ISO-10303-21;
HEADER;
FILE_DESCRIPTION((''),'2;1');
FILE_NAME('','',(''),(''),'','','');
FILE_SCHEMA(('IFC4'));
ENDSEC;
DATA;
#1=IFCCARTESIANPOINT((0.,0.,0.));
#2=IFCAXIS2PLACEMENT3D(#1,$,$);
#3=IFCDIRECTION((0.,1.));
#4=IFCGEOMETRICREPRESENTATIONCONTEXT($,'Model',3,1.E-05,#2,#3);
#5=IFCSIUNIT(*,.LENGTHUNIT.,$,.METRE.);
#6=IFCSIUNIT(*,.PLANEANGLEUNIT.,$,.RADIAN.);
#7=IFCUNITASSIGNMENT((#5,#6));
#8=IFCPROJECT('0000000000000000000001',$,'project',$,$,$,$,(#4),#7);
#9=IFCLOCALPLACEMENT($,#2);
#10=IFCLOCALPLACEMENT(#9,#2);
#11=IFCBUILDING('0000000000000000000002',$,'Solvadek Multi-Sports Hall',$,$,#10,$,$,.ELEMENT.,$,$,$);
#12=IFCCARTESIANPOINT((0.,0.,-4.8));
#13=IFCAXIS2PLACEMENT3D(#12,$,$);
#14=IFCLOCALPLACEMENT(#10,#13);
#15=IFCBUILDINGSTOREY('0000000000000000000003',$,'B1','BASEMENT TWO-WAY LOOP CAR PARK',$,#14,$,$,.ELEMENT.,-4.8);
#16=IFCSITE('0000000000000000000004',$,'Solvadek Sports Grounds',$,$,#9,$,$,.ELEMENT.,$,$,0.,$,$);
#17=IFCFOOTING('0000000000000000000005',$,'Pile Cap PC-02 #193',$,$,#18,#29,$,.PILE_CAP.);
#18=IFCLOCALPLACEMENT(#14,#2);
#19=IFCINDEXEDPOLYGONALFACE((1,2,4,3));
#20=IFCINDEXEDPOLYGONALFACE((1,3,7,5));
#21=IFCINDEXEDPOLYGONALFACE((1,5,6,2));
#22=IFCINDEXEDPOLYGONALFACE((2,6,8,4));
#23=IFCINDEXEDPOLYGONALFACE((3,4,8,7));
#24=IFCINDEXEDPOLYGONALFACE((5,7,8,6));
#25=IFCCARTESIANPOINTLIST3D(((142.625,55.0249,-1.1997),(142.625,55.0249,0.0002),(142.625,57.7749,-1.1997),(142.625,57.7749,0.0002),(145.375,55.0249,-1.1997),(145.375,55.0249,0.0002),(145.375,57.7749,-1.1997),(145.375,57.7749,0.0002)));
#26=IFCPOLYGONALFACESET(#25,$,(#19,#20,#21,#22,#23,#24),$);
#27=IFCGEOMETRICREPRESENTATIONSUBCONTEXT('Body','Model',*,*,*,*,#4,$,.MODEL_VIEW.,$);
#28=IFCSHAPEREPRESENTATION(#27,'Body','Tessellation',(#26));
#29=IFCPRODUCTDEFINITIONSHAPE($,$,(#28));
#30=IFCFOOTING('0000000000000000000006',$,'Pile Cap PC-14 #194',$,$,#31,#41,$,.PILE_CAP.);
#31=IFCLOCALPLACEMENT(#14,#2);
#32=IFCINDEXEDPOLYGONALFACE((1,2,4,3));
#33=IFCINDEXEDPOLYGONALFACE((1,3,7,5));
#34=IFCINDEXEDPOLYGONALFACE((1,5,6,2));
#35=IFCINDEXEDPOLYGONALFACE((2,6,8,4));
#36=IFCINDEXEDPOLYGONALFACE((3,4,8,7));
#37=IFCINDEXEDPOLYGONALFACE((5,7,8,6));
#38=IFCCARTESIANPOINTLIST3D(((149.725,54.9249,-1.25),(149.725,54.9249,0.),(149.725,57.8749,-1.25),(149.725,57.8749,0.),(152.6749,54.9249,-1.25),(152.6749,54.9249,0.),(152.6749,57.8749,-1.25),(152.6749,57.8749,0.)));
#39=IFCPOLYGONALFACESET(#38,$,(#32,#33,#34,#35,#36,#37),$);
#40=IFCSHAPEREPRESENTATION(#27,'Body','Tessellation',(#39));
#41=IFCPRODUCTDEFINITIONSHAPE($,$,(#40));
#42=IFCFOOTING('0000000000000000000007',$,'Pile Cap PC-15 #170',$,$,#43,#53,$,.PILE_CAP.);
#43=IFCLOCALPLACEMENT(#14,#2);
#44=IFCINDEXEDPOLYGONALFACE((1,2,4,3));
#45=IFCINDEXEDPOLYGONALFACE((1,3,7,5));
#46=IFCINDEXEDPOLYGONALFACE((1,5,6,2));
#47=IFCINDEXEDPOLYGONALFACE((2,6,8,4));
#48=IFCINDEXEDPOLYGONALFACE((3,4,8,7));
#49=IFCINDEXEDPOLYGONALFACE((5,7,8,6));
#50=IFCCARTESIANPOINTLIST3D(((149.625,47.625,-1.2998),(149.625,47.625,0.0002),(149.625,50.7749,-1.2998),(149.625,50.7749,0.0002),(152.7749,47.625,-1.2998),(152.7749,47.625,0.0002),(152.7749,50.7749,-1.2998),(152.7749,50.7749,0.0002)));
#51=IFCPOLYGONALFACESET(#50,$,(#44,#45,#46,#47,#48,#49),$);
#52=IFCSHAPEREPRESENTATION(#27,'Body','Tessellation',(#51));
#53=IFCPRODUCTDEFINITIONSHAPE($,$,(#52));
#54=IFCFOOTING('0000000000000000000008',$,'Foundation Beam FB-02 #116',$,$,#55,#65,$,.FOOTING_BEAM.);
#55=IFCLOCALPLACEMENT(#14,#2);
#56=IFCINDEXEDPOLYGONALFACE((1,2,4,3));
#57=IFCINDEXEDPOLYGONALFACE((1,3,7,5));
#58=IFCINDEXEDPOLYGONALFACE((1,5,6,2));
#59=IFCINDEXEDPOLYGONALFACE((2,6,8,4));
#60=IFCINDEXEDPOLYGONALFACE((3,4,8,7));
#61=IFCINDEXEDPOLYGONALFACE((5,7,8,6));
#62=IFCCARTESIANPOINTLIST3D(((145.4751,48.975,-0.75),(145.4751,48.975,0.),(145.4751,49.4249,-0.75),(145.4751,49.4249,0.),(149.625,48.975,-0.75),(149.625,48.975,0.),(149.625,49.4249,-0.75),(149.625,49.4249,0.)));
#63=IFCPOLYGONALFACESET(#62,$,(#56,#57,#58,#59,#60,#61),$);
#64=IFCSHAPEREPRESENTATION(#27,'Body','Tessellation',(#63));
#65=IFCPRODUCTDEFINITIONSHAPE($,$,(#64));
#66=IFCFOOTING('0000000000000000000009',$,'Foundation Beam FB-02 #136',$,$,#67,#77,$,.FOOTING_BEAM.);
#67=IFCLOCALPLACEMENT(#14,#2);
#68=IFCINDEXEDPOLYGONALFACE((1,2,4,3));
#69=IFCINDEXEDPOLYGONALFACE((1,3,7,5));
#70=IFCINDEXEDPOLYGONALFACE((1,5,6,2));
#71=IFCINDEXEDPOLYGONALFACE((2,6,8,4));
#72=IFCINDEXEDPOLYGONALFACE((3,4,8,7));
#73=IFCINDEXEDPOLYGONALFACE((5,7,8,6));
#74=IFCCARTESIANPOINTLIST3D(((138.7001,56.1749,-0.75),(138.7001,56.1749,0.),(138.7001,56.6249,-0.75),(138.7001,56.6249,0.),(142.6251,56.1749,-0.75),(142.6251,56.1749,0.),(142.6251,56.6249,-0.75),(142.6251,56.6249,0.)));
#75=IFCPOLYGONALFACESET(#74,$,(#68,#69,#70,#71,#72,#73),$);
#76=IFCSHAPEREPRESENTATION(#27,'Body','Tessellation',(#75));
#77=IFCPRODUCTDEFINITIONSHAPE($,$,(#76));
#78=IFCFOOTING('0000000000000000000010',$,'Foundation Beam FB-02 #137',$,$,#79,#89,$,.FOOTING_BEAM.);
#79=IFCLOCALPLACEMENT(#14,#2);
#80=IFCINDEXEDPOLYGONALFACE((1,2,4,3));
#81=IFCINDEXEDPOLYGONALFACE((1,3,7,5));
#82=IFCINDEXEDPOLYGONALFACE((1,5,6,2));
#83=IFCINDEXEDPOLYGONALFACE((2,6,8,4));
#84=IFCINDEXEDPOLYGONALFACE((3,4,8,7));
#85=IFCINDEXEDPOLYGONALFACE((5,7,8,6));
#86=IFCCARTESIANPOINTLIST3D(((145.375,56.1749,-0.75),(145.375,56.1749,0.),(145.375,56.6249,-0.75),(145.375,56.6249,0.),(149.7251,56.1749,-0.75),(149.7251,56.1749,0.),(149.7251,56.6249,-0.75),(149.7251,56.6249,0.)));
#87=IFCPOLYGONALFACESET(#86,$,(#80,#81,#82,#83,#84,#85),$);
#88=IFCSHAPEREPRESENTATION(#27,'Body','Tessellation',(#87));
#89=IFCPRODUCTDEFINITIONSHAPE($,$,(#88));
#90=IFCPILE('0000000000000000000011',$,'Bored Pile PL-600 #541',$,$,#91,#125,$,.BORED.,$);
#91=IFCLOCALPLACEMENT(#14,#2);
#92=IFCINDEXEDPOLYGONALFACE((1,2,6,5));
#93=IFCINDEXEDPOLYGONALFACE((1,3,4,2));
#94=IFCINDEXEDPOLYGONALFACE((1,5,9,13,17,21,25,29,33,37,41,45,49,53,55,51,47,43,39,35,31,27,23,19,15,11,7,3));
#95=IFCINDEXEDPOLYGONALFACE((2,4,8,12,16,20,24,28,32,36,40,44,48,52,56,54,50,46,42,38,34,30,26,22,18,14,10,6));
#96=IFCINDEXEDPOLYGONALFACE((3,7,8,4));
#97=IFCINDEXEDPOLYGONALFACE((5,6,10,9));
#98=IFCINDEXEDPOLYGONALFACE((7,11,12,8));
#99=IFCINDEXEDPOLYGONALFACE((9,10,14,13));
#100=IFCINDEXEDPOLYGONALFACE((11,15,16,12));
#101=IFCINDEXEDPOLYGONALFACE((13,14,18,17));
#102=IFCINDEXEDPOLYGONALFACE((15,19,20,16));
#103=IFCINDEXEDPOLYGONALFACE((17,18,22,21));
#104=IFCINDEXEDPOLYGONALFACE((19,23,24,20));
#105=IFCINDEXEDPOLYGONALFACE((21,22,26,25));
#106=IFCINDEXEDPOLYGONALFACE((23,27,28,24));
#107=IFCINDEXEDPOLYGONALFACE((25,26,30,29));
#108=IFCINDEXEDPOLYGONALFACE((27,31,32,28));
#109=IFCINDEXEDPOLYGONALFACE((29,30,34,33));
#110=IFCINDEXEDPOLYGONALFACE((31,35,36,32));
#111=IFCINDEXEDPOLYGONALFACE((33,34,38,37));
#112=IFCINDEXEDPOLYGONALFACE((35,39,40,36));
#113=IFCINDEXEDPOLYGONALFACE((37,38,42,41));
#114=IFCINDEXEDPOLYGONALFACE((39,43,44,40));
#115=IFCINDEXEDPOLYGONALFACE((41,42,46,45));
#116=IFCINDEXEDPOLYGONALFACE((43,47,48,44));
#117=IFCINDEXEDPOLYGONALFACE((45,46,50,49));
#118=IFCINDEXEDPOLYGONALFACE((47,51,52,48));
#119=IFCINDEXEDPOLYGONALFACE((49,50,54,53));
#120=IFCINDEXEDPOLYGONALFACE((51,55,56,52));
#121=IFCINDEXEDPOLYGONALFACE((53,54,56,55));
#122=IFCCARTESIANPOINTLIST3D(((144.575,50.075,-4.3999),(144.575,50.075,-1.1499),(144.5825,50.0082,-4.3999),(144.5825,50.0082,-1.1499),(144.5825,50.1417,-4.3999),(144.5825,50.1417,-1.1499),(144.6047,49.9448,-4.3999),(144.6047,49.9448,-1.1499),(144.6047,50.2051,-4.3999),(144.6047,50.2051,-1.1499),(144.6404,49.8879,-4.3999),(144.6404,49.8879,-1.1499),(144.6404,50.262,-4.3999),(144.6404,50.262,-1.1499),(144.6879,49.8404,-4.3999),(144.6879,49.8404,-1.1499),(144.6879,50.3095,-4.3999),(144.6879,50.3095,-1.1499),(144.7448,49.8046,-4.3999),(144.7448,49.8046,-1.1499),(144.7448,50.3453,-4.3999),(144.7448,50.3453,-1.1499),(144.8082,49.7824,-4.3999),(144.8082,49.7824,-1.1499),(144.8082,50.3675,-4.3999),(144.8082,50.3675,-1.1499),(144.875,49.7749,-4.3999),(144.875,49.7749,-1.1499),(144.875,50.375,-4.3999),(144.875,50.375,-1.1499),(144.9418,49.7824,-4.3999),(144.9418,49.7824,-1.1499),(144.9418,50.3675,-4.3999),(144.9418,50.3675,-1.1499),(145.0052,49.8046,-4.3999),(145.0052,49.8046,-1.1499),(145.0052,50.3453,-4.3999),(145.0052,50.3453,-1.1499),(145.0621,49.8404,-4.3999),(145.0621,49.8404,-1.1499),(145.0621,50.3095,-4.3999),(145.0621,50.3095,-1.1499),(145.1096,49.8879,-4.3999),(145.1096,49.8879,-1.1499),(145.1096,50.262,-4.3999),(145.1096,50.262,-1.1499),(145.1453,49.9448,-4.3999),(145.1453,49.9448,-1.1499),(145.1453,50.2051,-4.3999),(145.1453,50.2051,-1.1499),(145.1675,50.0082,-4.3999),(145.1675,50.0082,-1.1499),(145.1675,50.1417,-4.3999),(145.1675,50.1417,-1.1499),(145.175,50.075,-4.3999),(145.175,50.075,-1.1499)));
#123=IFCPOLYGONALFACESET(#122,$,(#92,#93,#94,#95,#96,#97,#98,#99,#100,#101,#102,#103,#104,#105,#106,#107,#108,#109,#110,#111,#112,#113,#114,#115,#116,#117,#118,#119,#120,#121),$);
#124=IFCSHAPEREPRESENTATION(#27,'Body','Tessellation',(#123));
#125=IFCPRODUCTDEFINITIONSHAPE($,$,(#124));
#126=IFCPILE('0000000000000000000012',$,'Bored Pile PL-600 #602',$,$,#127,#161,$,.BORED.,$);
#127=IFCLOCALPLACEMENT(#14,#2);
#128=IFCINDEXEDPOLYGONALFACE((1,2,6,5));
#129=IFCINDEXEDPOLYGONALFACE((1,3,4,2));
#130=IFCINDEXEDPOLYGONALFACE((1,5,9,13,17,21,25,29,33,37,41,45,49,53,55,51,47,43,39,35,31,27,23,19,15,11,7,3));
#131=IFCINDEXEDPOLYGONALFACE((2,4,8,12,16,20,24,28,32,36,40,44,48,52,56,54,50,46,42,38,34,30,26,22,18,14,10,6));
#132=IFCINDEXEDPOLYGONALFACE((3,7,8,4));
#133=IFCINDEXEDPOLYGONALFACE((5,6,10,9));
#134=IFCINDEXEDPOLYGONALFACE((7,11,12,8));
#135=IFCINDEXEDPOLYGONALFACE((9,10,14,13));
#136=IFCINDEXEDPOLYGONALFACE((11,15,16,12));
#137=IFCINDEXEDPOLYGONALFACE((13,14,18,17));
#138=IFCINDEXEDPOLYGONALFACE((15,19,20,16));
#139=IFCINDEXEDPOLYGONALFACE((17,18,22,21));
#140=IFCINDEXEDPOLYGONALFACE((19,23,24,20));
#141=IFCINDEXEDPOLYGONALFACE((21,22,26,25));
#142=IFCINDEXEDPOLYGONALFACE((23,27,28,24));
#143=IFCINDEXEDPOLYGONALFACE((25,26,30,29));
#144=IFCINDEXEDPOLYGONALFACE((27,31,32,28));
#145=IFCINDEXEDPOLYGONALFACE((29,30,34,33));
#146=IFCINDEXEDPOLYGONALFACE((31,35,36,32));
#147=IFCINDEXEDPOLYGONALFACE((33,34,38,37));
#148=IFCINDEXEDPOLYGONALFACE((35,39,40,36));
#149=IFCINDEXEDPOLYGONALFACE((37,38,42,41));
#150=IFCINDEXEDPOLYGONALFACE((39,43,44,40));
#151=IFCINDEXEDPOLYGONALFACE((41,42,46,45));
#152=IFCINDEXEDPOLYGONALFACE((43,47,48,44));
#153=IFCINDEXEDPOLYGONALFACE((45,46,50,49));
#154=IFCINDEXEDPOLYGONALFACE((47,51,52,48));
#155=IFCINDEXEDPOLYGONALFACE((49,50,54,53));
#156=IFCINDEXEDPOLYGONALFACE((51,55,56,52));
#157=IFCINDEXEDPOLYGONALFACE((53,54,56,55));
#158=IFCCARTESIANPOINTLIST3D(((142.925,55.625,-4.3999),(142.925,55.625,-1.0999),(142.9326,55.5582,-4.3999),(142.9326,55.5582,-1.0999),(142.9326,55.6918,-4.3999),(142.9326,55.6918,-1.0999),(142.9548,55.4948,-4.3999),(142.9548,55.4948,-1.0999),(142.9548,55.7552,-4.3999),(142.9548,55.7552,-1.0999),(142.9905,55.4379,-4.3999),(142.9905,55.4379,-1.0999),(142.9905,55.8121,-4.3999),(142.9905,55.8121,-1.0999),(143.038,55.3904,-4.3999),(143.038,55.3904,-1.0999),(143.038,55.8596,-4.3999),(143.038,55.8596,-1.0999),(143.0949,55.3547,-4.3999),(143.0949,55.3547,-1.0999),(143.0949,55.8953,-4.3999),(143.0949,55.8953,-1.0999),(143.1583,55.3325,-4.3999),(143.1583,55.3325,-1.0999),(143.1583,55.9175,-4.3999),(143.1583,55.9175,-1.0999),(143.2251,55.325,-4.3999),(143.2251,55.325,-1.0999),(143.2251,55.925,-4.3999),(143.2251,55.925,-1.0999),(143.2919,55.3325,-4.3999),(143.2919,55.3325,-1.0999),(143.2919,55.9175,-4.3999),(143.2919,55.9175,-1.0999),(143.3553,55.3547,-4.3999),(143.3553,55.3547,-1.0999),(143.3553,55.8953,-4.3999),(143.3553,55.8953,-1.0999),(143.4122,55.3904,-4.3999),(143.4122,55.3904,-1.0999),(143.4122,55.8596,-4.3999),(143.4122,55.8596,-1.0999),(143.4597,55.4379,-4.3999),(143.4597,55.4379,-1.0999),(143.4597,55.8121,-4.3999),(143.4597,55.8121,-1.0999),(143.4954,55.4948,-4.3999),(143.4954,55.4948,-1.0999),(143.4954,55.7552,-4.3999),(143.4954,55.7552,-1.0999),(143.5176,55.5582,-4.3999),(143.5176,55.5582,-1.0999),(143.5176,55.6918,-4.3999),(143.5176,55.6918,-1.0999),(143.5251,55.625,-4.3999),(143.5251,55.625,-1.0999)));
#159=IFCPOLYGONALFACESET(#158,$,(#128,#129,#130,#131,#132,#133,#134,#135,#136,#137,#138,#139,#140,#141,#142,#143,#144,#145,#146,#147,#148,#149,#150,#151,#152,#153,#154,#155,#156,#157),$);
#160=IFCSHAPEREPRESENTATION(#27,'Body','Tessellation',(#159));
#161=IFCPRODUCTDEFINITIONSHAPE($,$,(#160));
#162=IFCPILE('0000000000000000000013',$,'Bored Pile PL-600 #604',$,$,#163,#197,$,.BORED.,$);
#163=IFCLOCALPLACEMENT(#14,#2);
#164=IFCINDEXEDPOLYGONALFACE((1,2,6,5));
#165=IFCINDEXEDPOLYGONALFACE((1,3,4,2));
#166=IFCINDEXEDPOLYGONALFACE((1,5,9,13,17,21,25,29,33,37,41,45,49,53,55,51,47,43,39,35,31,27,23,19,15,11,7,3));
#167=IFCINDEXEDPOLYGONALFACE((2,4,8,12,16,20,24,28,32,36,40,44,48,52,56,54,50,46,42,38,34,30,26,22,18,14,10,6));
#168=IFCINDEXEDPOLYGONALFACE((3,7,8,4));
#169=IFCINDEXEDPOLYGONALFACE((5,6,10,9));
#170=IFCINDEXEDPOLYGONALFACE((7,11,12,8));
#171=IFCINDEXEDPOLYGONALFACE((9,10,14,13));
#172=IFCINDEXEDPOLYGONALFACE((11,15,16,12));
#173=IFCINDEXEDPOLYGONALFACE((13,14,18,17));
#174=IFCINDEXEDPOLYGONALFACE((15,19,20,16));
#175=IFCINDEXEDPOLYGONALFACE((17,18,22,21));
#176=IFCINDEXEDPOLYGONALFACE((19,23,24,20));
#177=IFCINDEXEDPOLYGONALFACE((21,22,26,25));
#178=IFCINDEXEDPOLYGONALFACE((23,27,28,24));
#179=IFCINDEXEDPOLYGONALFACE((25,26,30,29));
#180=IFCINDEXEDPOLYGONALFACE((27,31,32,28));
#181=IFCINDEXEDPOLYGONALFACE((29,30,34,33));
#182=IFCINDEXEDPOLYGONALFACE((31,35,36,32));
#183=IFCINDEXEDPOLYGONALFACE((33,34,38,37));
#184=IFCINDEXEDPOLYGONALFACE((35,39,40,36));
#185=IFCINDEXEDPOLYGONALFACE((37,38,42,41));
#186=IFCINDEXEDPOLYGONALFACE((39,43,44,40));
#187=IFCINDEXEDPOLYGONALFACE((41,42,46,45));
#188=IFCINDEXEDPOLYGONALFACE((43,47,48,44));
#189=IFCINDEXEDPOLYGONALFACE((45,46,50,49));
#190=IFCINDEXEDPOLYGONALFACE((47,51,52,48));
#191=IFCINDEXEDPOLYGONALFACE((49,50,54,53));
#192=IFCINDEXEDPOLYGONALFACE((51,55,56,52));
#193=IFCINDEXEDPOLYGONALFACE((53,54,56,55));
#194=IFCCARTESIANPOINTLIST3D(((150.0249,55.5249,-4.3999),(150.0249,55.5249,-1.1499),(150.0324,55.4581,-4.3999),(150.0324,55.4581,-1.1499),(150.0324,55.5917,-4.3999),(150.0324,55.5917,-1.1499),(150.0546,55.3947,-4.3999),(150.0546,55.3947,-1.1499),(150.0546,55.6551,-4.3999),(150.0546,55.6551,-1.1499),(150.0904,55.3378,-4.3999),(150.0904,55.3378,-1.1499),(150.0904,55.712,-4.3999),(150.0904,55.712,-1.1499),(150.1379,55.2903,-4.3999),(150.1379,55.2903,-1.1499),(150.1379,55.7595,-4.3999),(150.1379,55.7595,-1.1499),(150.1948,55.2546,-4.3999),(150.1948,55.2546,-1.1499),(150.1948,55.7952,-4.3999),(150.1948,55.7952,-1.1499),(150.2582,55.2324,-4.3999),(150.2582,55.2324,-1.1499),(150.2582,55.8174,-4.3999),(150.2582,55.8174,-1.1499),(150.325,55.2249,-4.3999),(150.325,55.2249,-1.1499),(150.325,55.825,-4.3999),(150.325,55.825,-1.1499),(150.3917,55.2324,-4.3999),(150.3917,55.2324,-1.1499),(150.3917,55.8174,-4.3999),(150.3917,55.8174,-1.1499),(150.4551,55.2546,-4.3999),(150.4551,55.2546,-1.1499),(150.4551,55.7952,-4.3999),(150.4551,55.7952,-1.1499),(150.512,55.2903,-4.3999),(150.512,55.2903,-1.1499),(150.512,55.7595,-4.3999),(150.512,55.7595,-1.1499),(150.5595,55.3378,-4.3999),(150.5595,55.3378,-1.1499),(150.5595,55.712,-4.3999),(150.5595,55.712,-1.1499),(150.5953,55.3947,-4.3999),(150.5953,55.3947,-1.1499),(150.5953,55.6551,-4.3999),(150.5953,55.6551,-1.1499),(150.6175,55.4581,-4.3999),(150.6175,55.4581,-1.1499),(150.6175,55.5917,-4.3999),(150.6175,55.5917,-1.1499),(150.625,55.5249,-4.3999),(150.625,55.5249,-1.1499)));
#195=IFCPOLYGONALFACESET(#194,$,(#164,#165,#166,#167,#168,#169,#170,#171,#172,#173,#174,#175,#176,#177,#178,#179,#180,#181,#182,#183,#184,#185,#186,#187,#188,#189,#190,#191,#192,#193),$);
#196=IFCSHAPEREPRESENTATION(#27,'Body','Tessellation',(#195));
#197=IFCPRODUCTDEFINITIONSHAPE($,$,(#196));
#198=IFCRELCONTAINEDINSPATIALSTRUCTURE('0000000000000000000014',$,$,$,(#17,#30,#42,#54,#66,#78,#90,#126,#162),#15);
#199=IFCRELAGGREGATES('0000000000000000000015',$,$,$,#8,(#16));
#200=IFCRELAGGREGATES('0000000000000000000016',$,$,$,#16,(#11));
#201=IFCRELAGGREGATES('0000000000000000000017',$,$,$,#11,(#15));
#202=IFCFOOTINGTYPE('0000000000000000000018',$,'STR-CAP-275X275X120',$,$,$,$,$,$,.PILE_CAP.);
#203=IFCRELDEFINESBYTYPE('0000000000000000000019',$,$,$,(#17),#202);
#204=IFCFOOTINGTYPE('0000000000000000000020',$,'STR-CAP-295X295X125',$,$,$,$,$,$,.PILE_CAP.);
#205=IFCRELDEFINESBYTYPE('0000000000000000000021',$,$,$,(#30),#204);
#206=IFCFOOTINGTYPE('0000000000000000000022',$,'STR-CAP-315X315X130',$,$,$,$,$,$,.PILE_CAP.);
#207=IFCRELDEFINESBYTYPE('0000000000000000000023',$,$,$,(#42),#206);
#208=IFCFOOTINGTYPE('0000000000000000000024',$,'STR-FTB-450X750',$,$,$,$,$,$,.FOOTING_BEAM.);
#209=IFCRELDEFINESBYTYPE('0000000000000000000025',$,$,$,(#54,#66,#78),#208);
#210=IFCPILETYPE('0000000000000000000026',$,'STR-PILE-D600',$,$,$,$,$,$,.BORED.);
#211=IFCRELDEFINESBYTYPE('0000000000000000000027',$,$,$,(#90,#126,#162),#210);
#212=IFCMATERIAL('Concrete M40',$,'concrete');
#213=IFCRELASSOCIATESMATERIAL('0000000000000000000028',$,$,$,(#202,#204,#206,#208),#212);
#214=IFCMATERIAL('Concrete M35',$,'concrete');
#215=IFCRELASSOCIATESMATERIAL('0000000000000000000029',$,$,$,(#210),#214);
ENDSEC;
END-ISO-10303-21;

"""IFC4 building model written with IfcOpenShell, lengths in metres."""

from ifc_helpers import new_model, si_unit, direction, frame, origin, origin_2d, place, context, subcontext, project, spatial, rectangle, circle, extrude, material, material_profile, profile_set, type_object, element, save


model = new_model("IFC4")

# Units and contexts
model_context = context("Model", 3, precision=1e-05, world=origin(), true_north=direction((0.0, 1.0)))
body_context = subcontext(model_context, "Body", "Model", "MODEL_VIEW")
ifc_project = project(units=[si_unit("LENGTHUNIT", "METRE"), si_unit("PLANEANGLEUNIT", "RADIAN")], contexts=[model_context])

# Site, building, storey
site_placement = place(None, origin())
site = spatial("IfcSite", under=ifc_project, at=site_placement, Name="Solvadek Sports Grounds", CompositionType="ELEMENT", RefElevation=0.0)
building_placement = place(site_placement, origin())
building = spatial("IfcBuilding", under=site, at=building_placement, Name="Solvadek Multi-Sports Hall", CompositionType="ELEMENT")
storey_placement = place(building_placement, frame((0.0, 0.0, -4.8)))
storey = spatial("IfcBuildingStorey", under=building, at=storey_placement, Name="B1", Description="BASEMENT TWO-WAY LOOP CAR PARK", CompositionType="ELEMENT", Elevation=-4.8)

# Footings
ifc_material_1 = material(Name="Concrete M40", Category="concrete")
footing_type_1 = type_object("IfcFootingType", Name="STR-CAP-275X275X120", PredefinedType="PILE_CAP", material=ifc_material_1)
footing_1_placement = place(storey_placement, frame((144.0, 56.3999, -1.1997), z_axis=(0.0, 0.0, 1.0), x_axis=(1.0, 0.0, 0.0)))
element("IfcFooting", 1, at=footing_1_placement, inside=storey, type_object=footing_type_1, Name="Pile Cap PC-02 #193", PredefinedType="PILE_CAP", context=body_context, shape_type="SweptSolid", body=[
    extrude(rectangle(XDim=2.75, YDim=2.75, at=origin_2d()), origin(), (0.0, 0.0, 1.0), 1.2),
])
footing_type_2 = type_object("IfcFootingType", Name="STR-CAP-295X295X125", PredefinedType="PILE_CAP", material=ifc_material_1)
footing_2_placement = place(storey_placement, frame((151.2, 56.3999, -1.25), z_axis=(0.0, 0.0, 1.0), x_axis=(1.0, 0.0, 0.0)))
element("IfcFooting", 2, at=footing_2_placement, inside=storey, type_object=footing_type_2, Name="Pile Cap PC-14 #194", PredefinedType="PILE_CAP", context=body_context, shape_type="SweptSolid", body=[
    extrude(rectangle(XDim=2.95, YDim=2.95, at=origin_2d()), origin(), (0.0, 0.0, 1.0), 1.25),
])
footing_type_3 = type_object("IfcFootingType", Name="STR-CAP-315X315X130", PredefinedType="PILE_CAP", material=ifc_material_1)
footing_3_placement = place(storey_placement, frame((151.2, 49.2, -1.2998), z_axis=(0.0, 0.0, 1.0), x_axis=(1.0, 0.0, 0.0)))
element("IfcFooting", 3, at=footing_3_placement, inside=storey, type_object=footing_type_3, Name="Pile Cap PC-15 #170", PredefinedType="PILE_CAP", context=body_context, shape_type="SweptSolid", body=[
    extrude(rectangle(XDim=3.1499, YDim=3.1499, at=origin_2d()), origin(), (0.0, 0.0, 1.0), 1.3),
])
footing_type_4 = type_object("IfcFootingType", Name="STR-FTB-450X750", PredefinedType="FOOTING_BEAM", material=ifc_material_1)
footing_4_placement = place(storey_placement, frame((147.55, 49.2, -0.75), z_axis=(0.0, 0.0, 1.0), x_axis=(1.0, 0.0, 0.0)))
element("IfcFooting", 4, at=footing_4_placement, inside=storey, type_object=footing_type_4, Name="Foundation Beam FB-02 #116", PredefinedType="FOOTING_BEAM", context=body_context, shape_type="SweptSolid", body=[
    extrude(rectangle(XDim=4.1499, YDim=0.45, at=origin_2d()), origin(), (0.0, 0.0, 1.0), 0.75),
])
footing_5_placement = place(storey_placement, frame((140.6626, 56.3999, -0.75), z_axis=(0.0, 0.0, 1.0), x_axis=(1.0, 0.0, 0.0)))
element("IfcFooting", 5, at=footing_5_placement, inside=storey, type_object=footing_type_4, Name="Foundation Beam FB-02 #136", PredefinedType="FOOTING_BEAM", context=body_context, shape_type="SweptSolid", body=[
    extrude(rectangle(XDim=3.925, YDim=0.45, at=origin_2d()), origin(), (0.0, 0.0, 1.0), 0.75),
])
footing_6_placement = place(storey_placement, frame((147.55, 56.3999, -0.75), z_axis=(0.0, 0.0, 1.0), x_axis=(1.0, 0.0, 0.0)))
element("IfcFooting", 6, at=footing_6_placement, inside=storey, type_object=footing_type_4, Name="Foundation Beam FB-02 #137", PredefinedType="FOOTING_BEAM", context=body_context, shape_type="SweptSolid", body=[
    extrude(rectangle(XDim=4.3501, YDim=0.45, at=origin_2d()), origin(), (0.0, 0.0, 1.0), 0.75),
])

# Piles
ifc_material_2 = material(Name="Concrete M35", Category="concrete")
ifc_material_profile_1 = material_profile(ifc_material_2, circle(Radius=0.3, at=origin_2d()), Name="BORED PILE D600")
ifc_profile_set_1 = profile_set([ifc_material_profile_1], Name="Concrete M35")
pile_type = type_object("IfcPileType", Name="STR-PILE-D600", PredefinedType="BORED", material=ifc_profile_set_1)
pile_1_placement = place(storey_placement, frame((144.875, 50.075, -1.1499), z_axis=(0.0, 0.0, -1.0), x_axis=(1.0, 0.0, 0.0)))
element("IfcPile", 7, at=pile_1_placement, inside=storey, type_object=pile_type, Name="Bored Pile PL-600 #541", PredefinedType="BORED", context=body_context, shape_type="SweptSolid", body=[
    extrude(circle(Radius=0.3, at=origin_2d()), origin(), (0.0, 0.0, 1.0), 3.25),
])
pile_2_placement = place(storey_placement, frame((143.2251, 55.625, -1.0999), z_axis=(0.0, 0.0, -1.0), x_axis=(1.0, 0.0, 0.0)))
element("IfcPile", 8, at=pile_2_placement, inside=storey, type_object=pile_type, Name="Bored Pile PL-600 #602", PredefinedType="BORED", context=body_context, shape_type="SweptSolid", body=[
    extrude(circle(Radius=0.3, at=origin_2d()), origin(), (0.0, 0.0, 1.0), 3.3),
])
pile_3_placement = place(storey_placement, frame((150.325, 55.5249, -1.1499), z_axis=(0.0, 0.0, -1.0), x_axis=(1.0, 0.0, 0.0)))
element("IfcPile", 9, at=pile_3_placement, inside=storey, type_object=pile_type, Name="Bored Pile PL-600 #604", PredefinedType="BORED", context=body_context, shape_type="SweptSolid", body=[
    extrude(circle(Radius=0.3, at=origin_2d()), origin(), (0.0, 0.0, 1.0), 3.25),
])

save(model, "model.ifc")
